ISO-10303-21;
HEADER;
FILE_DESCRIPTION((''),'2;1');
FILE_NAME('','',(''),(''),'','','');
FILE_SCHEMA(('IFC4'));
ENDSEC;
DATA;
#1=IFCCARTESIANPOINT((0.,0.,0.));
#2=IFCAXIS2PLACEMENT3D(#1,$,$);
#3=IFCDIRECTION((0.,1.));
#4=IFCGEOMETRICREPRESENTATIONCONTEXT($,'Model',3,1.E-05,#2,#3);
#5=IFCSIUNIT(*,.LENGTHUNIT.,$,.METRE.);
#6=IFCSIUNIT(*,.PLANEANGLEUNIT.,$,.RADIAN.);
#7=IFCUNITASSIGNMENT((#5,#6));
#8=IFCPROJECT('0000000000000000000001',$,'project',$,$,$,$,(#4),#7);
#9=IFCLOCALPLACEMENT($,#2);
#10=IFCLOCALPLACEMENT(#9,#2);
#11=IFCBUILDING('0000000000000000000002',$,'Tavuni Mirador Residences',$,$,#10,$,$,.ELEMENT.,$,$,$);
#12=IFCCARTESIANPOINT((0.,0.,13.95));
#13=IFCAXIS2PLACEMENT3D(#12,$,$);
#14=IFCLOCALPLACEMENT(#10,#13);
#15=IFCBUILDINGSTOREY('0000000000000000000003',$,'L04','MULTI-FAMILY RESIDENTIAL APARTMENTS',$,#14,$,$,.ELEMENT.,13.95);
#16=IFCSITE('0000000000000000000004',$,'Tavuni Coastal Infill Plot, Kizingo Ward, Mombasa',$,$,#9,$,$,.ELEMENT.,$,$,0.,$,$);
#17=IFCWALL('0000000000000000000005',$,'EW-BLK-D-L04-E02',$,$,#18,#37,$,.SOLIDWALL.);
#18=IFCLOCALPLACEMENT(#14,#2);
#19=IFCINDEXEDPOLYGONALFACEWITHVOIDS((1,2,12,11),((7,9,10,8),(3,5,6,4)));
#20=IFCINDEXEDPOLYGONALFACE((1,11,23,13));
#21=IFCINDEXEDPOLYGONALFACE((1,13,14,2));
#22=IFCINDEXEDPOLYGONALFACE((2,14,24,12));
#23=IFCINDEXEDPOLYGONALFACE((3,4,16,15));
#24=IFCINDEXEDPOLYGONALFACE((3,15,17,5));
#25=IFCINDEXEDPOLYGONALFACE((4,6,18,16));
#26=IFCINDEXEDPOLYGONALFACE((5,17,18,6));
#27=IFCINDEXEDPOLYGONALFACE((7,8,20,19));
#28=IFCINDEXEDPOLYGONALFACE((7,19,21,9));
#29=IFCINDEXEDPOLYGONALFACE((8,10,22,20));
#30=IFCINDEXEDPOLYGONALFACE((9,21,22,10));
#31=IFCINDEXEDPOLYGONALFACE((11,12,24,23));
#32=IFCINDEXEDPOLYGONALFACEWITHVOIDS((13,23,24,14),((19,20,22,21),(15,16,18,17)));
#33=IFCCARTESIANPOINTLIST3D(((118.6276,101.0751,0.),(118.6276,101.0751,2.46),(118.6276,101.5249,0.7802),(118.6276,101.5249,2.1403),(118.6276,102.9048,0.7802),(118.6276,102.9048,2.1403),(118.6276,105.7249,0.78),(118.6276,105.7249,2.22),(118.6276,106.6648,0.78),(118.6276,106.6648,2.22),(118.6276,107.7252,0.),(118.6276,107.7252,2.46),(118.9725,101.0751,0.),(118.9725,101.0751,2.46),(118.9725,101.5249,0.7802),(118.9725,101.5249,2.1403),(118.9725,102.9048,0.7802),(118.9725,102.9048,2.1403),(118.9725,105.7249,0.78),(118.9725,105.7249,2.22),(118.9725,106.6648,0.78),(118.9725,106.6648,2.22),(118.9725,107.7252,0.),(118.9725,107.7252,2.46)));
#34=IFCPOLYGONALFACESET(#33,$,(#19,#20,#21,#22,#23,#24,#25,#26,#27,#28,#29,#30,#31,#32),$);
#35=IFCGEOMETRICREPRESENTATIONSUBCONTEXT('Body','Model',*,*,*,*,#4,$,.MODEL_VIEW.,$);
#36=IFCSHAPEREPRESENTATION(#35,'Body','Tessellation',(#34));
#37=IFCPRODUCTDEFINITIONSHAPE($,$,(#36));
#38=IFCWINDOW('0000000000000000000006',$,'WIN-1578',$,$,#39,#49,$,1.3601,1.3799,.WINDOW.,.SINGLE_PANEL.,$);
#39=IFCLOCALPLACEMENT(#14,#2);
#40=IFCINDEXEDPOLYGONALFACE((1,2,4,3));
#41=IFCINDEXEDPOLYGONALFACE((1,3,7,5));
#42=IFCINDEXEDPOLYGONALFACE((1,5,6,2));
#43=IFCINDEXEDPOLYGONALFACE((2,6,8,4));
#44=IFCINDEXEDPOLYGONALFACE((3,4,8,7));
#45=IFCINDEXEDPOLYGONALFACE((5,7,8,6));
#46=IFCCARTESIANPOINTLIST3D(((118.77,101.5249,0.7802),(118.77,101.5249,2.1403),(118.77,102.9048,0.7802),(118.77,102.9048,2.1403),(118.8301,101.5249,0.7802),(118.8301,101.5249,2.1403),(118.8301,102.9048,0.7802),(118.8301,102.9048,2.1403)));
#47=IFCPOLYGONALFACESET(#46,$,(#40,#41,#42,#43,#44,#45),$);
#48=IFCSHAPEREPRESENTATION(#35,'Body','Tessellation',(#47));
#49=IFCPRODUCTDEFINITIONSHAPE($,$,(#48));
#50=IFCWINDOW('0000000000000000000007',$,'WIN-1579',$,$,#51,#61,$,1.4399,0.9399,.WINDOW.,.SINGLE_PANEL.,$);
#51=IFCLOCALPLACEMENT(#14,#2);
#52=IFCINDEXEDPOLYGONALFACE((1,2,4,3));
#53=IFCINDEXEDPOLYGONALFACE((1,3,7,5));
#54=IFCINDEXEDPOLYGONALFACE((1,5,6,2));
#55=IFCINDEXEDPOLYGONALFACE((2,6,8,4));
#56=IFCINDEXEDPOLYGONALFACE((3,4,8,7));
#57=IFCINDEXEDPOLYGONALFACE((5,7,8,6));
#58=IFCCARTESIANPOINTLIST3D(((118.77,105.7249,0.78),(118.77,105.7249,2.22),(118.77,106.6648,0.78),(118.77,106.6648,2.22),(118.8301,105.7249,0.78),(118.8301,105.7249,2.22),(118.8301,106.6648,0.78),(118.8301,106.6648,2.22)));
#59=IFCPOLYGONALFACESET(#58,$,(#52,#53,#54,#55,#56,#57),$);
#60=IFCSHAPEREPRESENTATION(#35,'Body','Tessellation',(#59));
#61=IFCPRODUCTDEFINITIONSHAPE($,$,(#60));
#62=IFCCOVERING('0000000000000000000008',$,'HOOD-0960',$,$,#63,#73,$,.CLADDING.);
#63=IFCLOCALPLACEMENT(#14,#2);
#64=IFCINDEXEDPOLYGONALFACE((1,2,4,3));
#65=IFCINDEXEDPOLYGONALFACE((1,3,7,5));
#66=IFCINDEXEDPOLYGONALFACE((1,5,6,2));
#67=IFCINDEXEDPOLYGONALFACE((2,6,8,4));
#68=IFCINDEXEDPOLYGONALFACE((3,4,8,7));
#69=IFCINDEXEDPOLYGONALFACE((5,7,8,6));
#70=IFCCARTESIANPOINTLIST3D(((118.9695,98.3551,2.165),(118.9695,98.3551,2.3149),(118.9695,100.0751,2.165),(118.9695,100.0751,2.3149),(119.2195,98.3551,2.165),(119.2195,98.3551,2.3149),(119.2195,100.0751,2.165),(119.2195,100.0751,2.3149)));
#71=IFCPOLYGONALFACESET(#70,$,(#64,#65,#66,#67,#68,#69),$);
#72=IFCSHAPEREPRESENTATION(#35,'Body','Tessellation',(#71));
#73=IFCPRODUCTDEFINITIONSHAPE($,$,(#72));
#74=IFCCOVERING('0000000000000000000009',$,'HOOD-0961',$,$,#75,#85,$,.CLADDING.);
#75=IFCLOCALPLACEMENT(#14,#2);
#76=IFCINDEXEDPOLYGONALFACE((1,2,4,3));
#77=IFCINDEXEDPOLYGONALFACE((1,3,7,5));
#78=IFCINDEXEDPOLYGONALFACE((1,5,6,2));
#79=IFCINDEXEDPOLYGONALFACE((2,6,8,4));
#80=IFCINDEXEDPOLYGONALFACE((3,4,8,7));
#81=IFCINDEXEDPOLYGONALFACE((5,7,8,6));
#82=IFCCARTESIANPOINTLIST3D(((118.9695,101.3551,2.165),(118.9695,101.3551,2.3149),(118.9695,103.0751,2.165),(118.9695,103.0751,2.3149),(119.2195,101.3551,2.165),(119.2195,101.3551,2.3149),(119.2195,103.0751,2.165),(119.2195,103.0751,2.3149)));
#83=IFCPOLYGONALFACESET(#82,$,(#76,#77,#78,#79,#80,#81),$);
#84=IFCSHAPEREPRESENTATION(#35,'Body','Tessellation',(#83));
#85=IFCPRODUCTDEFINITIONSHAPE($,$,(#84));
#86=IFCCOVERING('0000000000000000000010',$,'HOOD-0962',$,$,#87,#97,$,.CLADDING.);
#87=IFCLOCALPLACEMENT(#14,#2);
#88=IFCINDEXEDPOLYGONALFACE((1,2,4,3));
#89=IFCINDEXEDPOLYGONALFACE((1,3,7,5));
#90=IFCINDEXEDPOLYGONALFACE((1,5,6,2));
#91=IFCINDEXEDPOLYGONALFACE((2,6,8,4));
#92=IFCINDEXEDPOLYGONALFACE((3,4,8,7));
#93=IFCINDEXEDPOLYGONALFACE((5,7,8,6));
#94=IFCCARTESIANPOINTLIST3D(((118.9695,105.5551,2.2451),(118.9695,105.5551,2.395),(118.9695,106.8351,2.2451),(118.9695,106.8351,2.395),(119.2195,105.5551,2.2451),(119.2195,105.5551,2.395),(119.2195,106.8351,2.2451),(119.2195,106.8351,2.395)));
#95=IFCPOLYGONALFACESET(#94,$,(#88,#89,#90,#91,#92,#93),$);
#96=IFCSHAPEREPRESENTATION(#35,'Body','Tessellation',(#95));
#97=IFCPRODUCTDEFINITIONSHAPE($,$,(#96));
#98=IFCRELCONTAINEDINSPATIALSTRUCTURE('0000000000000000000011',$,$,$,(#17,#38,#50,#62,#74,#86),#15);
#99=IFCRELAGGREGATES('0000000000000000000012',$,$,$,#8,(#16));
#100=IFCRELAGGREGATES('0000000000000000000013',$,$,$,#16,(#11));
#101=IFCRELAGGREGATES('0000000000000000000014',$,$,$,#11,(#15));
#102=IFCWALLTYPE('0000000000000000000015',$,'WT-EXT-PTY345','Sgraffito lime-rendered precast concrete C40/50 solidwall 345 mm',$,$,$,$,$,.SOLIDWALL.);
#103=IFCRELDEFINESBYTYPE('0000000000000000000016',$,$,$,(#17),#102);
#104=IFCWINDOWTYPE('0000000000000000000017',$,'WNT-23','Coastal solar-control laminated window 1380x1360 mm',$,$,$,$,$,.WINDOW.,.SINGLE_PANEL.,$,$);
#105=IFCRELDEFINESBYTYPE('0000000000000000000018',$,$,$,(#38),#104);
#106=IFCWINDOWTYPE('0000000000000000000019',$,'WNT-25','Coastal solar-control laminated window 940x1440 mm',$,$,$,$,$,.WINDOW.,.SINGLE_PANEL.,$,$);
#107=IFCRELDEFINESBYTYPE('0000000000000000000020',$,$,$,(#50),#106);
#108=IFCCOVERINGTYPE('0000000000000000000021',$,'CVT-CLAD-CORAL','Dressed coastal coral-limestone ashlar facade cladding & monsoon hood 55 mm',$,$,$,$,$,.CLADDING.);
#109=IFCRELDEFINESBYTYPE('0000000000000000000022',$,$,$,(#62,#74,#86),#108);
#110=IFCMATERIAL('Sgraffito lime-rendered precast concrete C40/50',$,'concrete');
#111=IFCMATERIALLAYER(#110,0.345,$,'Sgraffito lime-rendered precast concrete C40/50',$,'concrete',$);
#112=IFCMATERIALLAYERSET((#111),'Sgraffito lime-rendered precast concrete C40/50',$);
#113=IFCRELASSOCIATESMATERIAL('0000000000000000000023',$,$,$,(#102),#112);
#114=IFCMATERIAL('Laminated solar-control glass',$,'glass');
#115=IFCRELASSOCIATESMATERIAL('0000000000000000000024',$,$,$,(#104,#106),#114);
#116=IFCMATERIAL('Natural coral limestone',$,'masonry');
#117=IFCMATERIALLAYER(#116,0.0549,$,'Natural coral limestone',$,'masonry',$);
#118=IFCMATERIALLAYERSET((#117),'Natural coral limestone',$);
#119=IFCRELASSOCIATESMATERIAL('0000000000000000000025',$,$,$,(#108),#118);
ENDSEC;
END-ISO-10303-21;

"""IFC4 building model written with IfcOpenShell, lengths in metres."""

from ifc_helpers import new_model, si_unit, direction, frame, frame_2d, origin, origin_2d, place, context, subcontext, project, spatial, rectangle, extrude, material, layer, layer_set, type_object, element, fill, save


model = new_model("IFC4")

# Units and contexts
model_context = context("Model", 3, precision=1e-05, world=origin(), true_north=direction((0.0, 1.0)))
body_context = subcontext(model_context, "Body", "Model", "MODEL_VIEW")
ifc_project = project(units=[si_unit("LENGTHUNIT", "METRE"), si_unit("PLANEANGLEUNIT", "RADIAN")], contexts=[model_context])

# Site, building, storey
site_placement = place(None, origin())
site = spatial("IfcSite", under=ifc_project, at=site_placement, Name="Tavuni Coastal Infill Plot, Kizingo Ward, Mombasa", CompositionType="ELEMENT", RefElevation=0.0)
building_placement = place(site_placement, origin())
building = spatial("IfcBuilding", under=site, at=building_placement, Name="Tavuni Mirador Residences", CompositionType="ELEMENT")
storey_placement = place(building_placement, frame((0.0, 0.0, 13.95)))
storey = spatial("IfcBuildingStorey", under=building, at=storey_placement, Name="L04", Description="MULTI-FAMILY RESIDENTIAL APARTMENTS", CompositionType="ELEMENT", Elevation=13.95)

# Shared definitions
ifc_material_1 = material(Name="Laminated solar-control glass", Category="glass")

# Wall, openings, windows
ifc_material_2 = material(Name="Sgraffito lime-rendered precast concrete C40/50", Category="concrete")
ifc_layer_1 = layer(ifc_material_2, 0.345, Name="Sgraffito lime-rendered precast concrete C40/50", Category="concrete")
ifc_layer_set_1 = layer_set([ifc_layer_1], Name="Sgraffito lime-rendered precast concrete C40/50")
wall_type = type_object("IfcWallType", Name="WT-EXT-PTY345", Description="Sgraffito lime-rendered precast concrete C40/50 solidwall 345 mm", PredefinedType="SOLIDWALL", material=ifc_layer_set_1)
wall_placement = place(storey_placement, frame((118.8, 101.075, 0.0), z_axis=(0.0, 0.0, 1.0), x_axis=(0.0, 1.0, 0.0)))
wall = element("IfcWall", 1, at=wall_placement, inside=storey, type_object=wall_type, Name="EW-BLK-D-L04-E02", PredefinedType="SOLIDWALL", context=body_context, shape_type="SweptSolid", body=[
    extrude(rectangle(XDim=6.6501, YDim=0.345, at=frame_2d((3.3252, 0.0))), origin(), (0.0, 0.0, 1.0), 2.46),
])
opening_1_placement = place(wall_placement, frame((0.45, 0.0, 0.78)))
opening_1 = element("IfcOpeningElement", 2, at=opening_1_placement, cuts=wall, PredefinedType="OPENING", context=body_context, shape_type="SweptSolid", body=[
    extrude(rectangle(XDim=1.3799, YDim=1.3601, at=frame_2d((0.6899, 0.6802))), frame((0.0, 0.1826, 0.0), z_axis=(0.0, -1.0, 0.0), x_axis=(1.0, 0.0, 0.0)), (0.0, 0.0, 1.0), 0.365),
])
opening_2_placement = place(wall_placement, frame((4.6499, 0.0, 0.78)))
opening_2 = element("IfcOpeningElement", 3, at=opening_2_placement, cuts=wall, PredefinedType="OPENING", context=body_context, shape_type="SweptSolid", body=[
    extrude(rectangle(XDim=0.9399, YDim=1.4399, at=frame_2d((0.47, 0.72))), frame((0.0, 0.1826, 0.0), z_axis=(0.0, -1.0, 0.0), x_axis=(1.0, 0.0, 0.0)), (0.0, 0.0, 1.0), 0.365),
])
window_type_1 = type_object("IfcWindowType", Name="WNT-23", Description="Coastal solar-control laminated window 1380x1360 mm", PartitioningType="SINGLE_PANEL", PredefinedType="WINDOW", material=ifc_material_1)
window_1_placement = place(opening_1_placement, origin())
window_1 = element("IfcWindow", 4, at=window_1_placement, inside=storey, type_object=window_type_1, Name="WIN-1578", OverallHeight=1.3601, OverallWidth=1.3799, PartitioningType="SINGLE_PANEL", PredefinedType="WINDOW", context=body_context, shape_type="SweptSolid", body=[
    extrude(rectangle(XDim=1.3799, YDim=1.3601, at=frame_2d((0.6899, 0.6802))), frame((0.0, 0.03, 0.0), z_axis=(0.0, -1.0, 0.0), x_axis=(1.0, 0.0, 0.0)), (0.0, 0.0, 1.0), 0.0601),
])
fill(opening_1, window_1)
window_type_2 = type_object("IfcWindowType", Name="WNT-25", Description="Coastal solar-control laminated window 940x1440 mm", PartitioningType="SINGLE_PANEL", PredefinedType="WINDOW", material=ifc_material_1)
window_2_placement = place(opening_2_placement, origin())
window_2 = element("IfcWindow", 5, at=window_2_placement, inside=storey, type_object=window_type_2, Name="WIN-1579", OverallHeight=1.4399, OverallWidth=0.9399, PartitioningType="SINGLE_PANEL", PredefinedType="WINDOW", context=body_context, shape_type="SweptSolid", body=[
    extrude(rectangle(XDim=0.9399, YDim=1.4399, at=frame_2d((0.47, 0.72))), frame((0.0, 0.03, 0.0), z_axis=(0.0, -1.0, 0.0), x_axis=(1.0, 0.0, 0.0)), (0.0, 0.0, 1.0), 0.0601),
])
fill(opening_2, window_2)

# Coverings
ifc_material_3 = material(Name="Natural coral limestone", Category="masonry")
ifc_layer_2 = layer(ifc_material_3, 0.0549, Name="Natural coral limestone", Category="masonry")
ifc_layer_set_2 = layer_set([ifc_layer_2], Name="Natural coral limestone")
covering_type = type_object("IfcCoveringType", Name="CVT-CLAD-CORAL", Description="Dressed coastal coral-limestone ashlar facade cladding & monsoon hood 55 mm", PredefinedType="CLADDING", material=ifc_layer_set_2)
for number, where, z_axis, x_axis, name in (
    (6, (119.0945, 99.2151, 2.165), (0.0, 0.0, 1.0), (0.0, 1.0, 0.0), "HOOD-0960"),
    (7, (119.0945, 102.2151, 2.165), (0.0, 0.0, 1.0), (0.0, 1.0, 0.0), "HOOD-0961"),
):
    element("IfcCovering", number, at=place(storey_placement, frame(where, z_axis=z_axis, x_axis=x_axis)), inside=storey, type_object=covering_type, Name=name, PredefinedType="CLADDING", context=body_context, shape_type="SweptSolid", body=[
        extrude(rectangle(XDim=1.72, YDim=0.25, at=origin_2d()), origin(), (0.0, 0.0, 1.0), 0.1499),
    ])
covering_placement = place(storey_placement, frame((119.0945, 106.1951, 2.2451), z_axis=(0.0, 0.0, 1.0), x_axis=(0.0, 1.0, 0.0)))
element("IfcCovering", 8, at=covering_placement, inside=storey, type_object=covering_type, Name="HOOD-0962", PredefinedType="CLADDING", context=body_context, shape_type="SweptSolid", body=[
    extrude(rectangle(XDim=1.28, YDim=0.25, at=origin_2d()), origin(), (0.0, 0.0, 1.0), 0.1499),
])

save(model, "model.ifc")
